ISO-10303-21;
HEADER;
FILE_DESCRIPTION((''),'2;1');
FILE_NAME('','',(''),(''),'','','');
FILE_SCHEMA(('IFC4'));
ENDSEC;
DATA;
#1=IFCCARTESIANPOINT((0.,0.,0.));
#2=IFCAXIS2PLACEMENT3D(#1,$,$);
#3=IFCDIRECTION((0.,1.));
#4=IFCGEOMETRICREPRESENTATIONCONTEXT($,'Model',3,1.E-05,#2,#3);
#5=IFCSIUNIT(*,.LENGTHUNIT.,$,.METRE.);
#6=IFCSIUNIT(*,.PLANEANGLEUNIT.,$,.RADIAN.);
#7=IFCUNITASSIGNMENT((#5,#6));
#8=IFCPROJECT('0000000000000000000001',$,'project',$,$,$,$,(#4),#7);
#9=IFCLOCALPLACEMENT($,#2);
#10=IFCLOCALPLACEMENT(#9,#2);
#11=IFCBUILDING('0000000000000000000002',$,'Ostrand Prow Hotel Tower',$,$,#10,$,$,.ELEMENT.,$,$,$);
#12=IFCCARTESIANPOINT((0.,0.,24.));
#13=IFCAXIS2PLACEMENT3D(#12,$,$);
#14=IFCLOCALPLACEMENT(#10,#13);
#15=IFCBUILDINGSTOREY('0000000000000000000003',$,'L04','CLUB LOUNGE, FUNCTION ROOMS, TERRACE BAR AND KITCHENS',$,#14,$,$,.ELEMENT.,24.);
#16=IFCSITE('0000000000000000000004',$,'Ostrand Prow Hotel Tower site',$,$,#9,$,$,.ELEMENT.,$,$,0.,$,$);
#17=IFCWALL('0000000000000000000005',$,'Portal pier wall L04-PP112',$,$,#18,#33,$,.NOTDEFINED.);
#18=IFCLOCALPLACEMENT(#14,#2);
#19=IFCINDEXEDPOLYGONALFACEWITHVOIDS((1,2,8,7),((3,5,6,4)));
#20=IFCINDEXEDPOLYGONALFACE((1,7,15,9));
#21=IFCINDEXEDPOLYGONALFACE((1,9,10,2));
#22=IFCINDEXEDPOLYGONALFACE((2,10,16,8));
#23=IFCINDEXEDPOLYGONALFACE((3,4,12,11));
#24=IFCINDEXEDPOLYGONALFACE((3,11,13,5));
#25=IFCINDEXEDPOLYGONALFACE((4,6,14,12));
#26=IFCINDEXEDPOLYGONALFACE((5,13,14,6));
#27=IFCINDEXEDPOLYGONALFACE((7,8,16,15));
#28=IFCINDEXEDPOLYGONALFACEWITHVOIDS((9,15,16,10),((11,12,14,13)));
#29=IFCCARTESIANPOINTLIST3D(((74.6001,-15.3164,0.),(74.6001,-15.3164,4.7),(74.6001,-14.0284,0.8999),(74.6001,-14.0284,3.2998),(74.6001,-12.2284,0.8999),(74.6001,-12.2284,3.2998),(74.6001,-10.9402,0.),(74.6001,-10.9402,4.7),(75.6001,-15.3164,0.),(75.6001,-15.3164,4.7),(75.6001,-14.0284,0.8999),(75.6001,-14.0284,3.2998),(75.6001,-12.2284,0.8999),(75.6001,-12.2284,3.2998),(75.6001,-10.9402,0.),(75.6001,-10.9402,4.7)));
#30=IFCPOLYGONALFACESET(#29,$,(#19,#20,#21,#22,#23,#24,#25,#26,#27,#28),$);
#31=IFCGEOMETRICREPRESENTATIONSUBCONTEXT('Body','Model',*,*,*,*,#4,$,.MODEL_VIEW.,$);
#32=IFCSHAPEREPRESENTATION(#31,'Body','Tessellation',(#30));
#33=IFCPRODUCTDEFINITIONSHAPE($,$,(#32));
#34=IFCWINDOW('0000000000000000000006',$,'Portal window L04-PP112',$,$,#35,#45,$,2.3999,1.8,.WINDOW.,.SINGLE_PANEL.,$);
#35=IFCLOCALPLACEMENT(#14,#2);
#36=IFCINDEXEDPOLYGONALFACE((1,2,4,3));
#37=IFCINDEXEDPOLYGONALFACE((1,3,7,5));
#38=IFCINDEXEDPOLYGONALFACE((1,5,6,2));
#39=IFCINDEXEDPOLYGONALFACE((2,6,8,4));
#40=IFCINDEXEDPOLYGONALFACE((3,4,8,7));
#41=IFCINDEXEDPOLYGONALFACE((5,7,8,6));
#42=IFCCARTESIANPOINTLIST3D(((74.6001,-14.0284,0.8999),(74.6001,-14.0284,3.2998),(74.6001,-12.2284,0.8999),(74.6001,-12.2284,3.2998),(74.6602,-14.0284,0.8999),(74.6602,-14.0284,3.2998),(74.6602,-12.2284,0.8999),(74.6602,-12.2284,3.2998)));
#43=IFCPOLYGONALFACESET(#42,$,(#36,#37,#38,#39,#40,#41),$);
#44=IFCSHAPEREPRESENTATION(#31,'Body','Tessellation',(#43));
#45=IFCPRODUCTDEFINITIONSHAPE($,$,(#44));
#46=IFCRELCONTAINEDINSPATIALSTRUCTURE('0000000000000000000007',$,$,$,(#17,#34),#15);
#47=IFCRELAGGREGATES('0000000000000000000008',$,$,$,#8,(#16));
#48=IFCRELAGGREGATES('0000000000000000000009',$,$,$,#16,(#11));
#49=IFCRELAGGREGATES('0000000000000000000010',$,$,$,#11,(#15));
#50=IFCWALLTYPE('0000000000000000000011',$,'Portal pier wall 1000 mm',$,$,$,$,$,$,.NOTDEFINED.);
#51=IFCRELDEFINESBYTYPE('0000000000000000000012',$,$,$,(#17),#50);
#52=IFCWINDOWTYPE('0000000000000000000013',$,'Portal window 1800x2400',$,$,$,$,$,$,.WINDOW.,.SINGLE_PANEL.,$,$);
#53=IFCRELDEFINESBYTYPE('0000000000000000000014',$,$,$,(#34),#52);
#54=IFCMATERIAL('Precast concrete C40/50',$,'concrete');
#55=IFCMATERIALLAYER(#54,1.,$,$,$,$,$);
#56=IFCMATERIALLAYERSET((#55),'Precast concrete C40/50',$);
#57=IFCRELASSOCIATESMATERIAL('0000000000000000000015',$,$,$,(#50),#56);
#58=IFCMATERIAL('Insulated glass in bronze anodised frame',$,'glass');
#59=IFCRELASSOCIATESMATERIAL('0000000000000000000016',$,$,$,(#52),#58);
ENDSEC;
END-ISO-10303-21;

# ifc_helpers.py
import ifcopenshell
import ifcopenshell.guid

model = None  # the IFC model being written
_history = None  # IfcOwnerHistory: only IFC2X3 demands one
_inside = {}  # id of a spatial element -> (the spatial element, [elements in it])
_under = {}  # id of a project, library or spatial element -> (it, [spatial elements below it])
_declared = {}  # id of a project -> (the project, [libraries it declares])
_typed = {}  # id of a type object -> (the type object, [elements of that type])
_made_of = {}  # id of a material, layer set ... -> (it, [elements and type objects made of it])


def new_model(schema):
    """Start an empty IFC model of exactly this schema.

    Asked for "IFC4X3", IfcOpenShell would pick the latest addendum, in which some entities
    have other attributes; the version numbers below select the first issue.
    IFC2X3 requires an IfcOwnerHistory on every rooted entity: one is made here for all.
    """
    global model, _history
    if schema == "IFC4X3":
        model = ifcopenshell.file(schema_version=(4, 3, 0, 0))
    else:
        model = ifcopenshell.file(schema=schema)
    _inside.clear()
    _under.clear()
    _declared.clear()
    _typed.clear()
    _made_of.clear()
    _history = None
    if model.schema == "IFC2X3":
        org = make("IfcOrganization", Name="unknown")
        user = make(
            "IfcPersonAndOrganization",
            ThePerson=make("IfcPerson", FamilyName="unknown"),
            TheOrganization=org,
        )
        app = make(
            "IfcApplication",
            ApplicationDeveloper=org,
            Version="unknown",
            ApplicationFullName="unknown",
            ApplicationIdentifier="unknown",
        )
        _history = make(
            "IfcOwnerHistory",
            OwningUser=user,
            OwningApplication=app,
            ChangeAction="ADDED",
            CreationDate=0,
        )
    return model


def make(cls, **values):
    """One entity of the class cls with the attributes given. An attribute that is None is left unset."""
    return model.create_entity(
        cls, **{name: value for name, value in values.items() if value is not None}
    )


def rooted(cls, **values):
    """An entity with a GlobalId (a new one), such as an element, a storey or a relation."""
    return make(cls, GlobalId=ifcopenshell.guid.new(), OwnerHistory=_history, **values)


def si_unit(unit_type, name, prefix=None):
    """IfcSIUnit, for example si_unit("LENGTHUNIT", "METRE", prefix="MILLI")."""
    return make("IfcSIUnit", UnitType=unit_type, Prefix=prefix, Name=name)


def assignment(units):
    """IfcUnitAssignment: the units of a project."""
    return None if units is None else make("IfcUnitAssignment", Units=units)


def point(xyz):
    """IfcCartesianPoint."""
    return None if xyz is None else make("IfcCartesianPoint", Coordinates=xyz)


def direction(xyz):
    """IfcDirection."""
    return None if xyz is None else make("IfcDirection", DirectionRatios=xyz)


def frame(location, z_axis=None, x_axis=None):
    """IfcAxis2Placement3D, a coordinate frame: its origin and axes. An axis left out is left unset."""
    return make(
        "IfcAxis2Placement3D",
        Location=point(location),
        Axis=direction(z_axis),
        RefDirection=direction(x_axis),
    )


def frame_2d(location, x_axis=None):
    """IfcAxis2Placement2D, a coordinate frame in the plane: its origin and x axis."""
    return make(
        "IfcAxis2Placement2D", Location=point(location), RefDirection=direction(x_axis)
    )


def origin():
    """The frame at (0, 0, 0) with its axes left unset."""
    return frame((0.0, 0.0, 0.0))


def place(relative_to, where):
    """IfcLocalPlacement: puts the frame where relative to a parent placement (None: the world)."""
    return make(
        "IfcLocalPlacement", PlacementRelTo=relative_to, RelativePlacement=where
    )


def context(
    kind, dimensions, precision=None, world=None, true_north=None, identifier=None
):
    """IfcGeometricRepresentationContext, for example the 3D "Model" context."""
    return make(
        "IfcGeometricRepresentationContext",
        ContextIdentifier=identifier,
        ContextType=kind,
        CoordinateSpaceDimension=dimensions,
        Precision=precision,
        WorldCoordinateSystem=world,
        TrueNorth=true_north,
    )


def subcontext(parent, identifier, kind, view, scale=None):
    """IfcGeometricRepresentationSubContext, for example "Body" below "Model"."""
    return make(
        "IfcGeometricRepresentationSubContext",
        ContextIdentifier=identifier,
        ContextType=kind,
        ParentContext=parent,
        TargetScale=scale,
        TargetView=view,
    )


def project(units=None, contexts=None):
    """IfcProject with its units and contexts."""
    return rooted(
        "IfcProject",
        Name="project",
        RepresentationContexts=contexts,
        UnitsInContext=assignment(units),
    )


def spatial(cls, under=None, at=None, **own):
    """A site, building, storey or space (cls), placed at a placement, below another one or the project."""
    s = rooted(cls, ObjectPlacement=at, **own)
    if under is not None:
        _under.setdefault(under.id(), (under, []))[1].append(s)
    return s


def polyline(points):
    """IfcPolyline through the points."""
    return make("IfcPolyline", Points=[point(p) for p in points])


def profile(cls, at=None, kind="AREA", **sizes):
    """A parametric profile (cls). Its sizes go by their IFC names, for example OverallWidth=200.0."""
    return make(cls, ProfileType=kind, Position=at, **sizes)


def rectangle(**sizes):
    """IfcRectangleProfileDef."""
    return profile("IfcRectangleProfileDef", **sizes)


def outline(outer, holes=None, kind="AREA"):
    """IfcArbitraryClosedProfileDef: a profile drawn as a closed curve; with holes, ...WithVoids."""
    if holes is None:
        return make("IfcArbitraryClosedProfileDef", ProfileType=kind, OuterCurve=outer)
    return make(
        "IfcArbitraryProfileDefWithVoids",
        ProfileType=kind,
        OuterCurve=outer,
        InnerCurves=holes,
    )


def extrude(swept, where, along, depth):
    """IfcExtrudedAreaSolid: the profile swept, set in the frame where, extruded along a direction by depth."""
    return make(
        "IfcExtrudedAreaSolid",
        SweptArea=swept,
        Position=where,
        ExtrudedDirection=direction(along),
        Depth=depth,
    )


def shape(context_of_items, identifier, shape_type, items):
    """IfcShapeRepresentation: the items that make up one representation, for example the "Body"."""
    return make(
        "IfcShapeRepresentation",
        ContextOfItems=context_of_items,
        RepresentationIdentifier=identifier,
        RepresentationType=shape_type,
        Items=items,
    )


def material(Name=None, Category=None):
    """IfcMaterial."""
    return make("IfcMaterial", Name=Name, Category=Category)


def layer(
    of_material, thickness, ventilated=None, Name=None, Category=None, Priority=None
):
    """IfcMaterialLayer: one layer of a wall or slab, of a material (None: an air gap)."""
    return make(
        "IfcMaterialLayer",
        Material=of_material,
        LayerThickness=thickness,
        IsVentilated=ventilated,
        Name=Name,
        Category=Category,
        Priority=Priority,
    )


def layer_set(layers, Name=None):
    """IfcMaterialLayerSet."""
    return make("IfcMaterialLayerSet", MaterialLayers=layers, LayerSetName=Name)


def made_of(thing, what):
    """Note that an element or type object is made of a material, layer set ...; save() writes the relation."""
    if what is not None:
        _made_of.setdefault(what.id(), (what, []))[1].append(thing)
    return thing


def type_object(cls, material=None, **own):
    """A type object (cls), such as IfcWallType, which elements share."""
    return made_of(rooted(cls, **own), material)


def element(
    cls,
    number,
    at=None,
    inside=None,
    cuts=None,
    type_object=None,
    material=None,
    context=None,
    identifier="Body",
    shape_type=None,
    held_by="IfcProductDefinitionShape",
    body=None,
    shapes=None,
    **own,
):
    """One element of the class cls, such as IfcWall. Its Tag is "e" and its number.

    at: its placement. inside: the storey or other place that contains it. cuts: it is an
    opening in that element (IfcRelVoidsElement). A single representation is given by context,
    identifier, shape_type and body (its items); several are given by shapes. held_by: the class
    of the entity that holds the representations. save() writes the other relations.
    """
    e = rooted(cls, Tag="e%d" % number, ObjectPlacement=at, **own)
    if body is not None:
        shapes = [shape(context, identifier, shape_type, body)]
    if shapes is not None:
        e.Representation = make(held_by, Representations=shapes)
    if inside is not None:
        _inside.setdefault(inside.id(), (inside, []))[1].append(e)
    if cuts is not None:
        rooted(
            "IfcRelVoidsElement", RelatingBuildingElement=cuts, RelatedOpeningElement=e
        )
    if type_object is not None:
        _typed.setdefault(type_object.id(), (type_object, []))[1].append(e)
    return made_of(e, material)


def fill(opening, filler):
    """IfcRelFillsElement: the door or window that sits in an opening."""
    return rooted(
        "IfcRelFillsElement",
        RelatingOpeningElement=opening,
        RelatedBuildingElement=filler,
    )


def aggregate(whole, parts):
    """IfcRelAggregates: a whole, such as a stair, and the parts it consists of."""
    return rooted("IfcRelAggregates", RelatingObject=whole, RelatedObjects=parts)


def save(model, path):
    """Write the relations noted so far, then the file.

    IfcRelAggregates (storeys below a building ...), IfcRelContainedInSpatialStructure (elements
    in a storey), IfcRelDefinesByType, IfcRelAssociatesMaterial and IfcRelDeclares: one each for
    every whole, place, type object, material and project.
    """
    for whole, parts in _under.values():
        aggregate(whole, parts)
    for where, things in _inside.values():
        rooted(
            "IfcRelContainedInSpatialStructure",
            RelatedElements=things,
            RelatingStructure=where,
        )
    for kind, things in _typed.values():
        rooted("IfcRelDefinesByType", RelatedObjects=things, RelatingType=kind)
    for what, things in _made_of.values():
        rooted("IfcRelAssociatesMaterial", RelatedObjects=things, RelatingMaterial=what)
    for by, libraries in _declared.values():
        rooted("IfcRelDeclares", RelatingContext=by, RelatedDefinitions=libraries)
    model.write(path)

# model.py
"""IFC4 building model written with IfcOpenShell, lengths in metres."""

from ifc_helpers import new_model, si_unit, direction, frame, frame_2d, origin, place, context, subcontext, project, spatial, polyline, rectangle, outline, extrude, material, layer, layer_set, type_object, element, fill, save


model = new_model("IFC4")

# Units and contexts
model_context = context("Model", 3, precision=1e-05, world=origin(), true_north=direction((0.0, 1.0)))
body_context = subcontext(model_context, "Body", "Model", "MODEL_VIEW")
ifc_project = project(units=[si_unit("LENGTHUNIT", "METRE"), si_unit("PLANEANGLEUNIT", "RADIAN")], contexts=[model_context])

# Site, building, storey
site_placement = place(None, origin())
site = spatial("IfcSite", under=ifc_project, at=site_placement, Name="Ostrand Prow Hotel Tower site", CompositionType="ELEMENT", RefElevation=0.0)
building_placement = place(site_placement, origin())
building = spatial("IfcBuilding", under=site, at=building_placement, Name="Ostrand Prow Hotel Tower", CompositionType="ELEMENT")
storey_placement = place(building_placement, frame((0.0, 0.0, 24.0)))
storey = spatial("IfcBuildingStorey", under=building, at=storey_placement, Name="L04", Description="CLUB LOUNGE, FUNCTION ROOMS, TERRACE BAR AND KITCHENS", CompositionType="ELEMENT", Elevation=24.0)

# Shared definitions
ifc_material_1 = material(Name="Precast concrete C40/50", Category="concrete")
ifc_layer_1 = layer(ifc_material_1, 1.0)
ifc_layer_set_1 = layer_set([ifc_layer_1], Name="Precast concrete C40/50")
wall_type_1 = type_object("IfcWallType", Name="Portal pier wall 1000 mm", PredefinedType="NOTDEFINED", material=ifc_layer_set_1)

# Wall, opening, window
ifc_material_2 = material(Name="Insulated glass in bronze anodised frame", Category="glass")
window_type = type_object("IfcWindowType", Name="Portal window 1800x2400", PartitioningType="SINGLE_PANEL", PredefinedType="WINDOW", material=ifc_material_2)
wall_1_placement = place(storey_placement, frame((75.1001, -15.3164, 0.0), z_axis=(0.0, 0.0, 1.0), x_axis=(0.0, 1.0, 0.0)))
wall_1 = element("IfcWall", 1, at=wall_1_placement, inside=storey, type_object=wall_type_1, Name="Portal pier wall L04-PP112", PredefinedType="NOTDEFINED", context=body_context, shape_type="SweptSolid", body=[
    extrude(outline(polyline([(0.0, -0.5), (4.3762, -0.5), (4.3762, 0.5), (0.0, 0.5), (0.0, -0.5)])), origin(), (0.0, 0.0, 1.0), 4.7),
])
opening_1_placement = place(wall_1_placement, frame((1.2881, 0.0, 0.8999)))
opening_1 = element("IfcOpeningElement", 2, at=opening_1_placement, cuts=wall_1, PredefinedType="OPENING", context=body_context, shape_type="SweptSolid", body=[
    extrude(rectangle(XDim=1.8, YDim=2.3999, at=frame_2d((0.8999, 1.2))), frame((0.0, 0.51, 0.0), z_axis=(0.0, -1.0, 0.0), x_axis=(1.0, 0.0, 0.0)), (0.0, 0.0, 1.0), 1.02),
])
window_1_placement = place(opening_1_placement, origin())
window_1 = element("IfcWindow", 3, at=window_1_placement, inside=storey, type_object=window_type, Name="Portal window L04-PP112", OverallHeight=2.3999, OverallWidth=1.8, PartitioningType="SINGLE_PANEL", PredefinedType="WINDOW", context=body_context, shape_type="SweptSolid", body=[
    extrude(rectangle(XDim=1.8, YDim=2.3999, at=frame_2d((0.8999, 1.2))), frame((0.0, 0.5, 0.0), z_axis=(0.0, -1.0, 0.0), x_axis=(1.0, 0.0, 0.0)), (0.0, 0.0, 1.0), 0.0601),
])
fill(opening_1, window_1)

save(model, "model.ifc")
